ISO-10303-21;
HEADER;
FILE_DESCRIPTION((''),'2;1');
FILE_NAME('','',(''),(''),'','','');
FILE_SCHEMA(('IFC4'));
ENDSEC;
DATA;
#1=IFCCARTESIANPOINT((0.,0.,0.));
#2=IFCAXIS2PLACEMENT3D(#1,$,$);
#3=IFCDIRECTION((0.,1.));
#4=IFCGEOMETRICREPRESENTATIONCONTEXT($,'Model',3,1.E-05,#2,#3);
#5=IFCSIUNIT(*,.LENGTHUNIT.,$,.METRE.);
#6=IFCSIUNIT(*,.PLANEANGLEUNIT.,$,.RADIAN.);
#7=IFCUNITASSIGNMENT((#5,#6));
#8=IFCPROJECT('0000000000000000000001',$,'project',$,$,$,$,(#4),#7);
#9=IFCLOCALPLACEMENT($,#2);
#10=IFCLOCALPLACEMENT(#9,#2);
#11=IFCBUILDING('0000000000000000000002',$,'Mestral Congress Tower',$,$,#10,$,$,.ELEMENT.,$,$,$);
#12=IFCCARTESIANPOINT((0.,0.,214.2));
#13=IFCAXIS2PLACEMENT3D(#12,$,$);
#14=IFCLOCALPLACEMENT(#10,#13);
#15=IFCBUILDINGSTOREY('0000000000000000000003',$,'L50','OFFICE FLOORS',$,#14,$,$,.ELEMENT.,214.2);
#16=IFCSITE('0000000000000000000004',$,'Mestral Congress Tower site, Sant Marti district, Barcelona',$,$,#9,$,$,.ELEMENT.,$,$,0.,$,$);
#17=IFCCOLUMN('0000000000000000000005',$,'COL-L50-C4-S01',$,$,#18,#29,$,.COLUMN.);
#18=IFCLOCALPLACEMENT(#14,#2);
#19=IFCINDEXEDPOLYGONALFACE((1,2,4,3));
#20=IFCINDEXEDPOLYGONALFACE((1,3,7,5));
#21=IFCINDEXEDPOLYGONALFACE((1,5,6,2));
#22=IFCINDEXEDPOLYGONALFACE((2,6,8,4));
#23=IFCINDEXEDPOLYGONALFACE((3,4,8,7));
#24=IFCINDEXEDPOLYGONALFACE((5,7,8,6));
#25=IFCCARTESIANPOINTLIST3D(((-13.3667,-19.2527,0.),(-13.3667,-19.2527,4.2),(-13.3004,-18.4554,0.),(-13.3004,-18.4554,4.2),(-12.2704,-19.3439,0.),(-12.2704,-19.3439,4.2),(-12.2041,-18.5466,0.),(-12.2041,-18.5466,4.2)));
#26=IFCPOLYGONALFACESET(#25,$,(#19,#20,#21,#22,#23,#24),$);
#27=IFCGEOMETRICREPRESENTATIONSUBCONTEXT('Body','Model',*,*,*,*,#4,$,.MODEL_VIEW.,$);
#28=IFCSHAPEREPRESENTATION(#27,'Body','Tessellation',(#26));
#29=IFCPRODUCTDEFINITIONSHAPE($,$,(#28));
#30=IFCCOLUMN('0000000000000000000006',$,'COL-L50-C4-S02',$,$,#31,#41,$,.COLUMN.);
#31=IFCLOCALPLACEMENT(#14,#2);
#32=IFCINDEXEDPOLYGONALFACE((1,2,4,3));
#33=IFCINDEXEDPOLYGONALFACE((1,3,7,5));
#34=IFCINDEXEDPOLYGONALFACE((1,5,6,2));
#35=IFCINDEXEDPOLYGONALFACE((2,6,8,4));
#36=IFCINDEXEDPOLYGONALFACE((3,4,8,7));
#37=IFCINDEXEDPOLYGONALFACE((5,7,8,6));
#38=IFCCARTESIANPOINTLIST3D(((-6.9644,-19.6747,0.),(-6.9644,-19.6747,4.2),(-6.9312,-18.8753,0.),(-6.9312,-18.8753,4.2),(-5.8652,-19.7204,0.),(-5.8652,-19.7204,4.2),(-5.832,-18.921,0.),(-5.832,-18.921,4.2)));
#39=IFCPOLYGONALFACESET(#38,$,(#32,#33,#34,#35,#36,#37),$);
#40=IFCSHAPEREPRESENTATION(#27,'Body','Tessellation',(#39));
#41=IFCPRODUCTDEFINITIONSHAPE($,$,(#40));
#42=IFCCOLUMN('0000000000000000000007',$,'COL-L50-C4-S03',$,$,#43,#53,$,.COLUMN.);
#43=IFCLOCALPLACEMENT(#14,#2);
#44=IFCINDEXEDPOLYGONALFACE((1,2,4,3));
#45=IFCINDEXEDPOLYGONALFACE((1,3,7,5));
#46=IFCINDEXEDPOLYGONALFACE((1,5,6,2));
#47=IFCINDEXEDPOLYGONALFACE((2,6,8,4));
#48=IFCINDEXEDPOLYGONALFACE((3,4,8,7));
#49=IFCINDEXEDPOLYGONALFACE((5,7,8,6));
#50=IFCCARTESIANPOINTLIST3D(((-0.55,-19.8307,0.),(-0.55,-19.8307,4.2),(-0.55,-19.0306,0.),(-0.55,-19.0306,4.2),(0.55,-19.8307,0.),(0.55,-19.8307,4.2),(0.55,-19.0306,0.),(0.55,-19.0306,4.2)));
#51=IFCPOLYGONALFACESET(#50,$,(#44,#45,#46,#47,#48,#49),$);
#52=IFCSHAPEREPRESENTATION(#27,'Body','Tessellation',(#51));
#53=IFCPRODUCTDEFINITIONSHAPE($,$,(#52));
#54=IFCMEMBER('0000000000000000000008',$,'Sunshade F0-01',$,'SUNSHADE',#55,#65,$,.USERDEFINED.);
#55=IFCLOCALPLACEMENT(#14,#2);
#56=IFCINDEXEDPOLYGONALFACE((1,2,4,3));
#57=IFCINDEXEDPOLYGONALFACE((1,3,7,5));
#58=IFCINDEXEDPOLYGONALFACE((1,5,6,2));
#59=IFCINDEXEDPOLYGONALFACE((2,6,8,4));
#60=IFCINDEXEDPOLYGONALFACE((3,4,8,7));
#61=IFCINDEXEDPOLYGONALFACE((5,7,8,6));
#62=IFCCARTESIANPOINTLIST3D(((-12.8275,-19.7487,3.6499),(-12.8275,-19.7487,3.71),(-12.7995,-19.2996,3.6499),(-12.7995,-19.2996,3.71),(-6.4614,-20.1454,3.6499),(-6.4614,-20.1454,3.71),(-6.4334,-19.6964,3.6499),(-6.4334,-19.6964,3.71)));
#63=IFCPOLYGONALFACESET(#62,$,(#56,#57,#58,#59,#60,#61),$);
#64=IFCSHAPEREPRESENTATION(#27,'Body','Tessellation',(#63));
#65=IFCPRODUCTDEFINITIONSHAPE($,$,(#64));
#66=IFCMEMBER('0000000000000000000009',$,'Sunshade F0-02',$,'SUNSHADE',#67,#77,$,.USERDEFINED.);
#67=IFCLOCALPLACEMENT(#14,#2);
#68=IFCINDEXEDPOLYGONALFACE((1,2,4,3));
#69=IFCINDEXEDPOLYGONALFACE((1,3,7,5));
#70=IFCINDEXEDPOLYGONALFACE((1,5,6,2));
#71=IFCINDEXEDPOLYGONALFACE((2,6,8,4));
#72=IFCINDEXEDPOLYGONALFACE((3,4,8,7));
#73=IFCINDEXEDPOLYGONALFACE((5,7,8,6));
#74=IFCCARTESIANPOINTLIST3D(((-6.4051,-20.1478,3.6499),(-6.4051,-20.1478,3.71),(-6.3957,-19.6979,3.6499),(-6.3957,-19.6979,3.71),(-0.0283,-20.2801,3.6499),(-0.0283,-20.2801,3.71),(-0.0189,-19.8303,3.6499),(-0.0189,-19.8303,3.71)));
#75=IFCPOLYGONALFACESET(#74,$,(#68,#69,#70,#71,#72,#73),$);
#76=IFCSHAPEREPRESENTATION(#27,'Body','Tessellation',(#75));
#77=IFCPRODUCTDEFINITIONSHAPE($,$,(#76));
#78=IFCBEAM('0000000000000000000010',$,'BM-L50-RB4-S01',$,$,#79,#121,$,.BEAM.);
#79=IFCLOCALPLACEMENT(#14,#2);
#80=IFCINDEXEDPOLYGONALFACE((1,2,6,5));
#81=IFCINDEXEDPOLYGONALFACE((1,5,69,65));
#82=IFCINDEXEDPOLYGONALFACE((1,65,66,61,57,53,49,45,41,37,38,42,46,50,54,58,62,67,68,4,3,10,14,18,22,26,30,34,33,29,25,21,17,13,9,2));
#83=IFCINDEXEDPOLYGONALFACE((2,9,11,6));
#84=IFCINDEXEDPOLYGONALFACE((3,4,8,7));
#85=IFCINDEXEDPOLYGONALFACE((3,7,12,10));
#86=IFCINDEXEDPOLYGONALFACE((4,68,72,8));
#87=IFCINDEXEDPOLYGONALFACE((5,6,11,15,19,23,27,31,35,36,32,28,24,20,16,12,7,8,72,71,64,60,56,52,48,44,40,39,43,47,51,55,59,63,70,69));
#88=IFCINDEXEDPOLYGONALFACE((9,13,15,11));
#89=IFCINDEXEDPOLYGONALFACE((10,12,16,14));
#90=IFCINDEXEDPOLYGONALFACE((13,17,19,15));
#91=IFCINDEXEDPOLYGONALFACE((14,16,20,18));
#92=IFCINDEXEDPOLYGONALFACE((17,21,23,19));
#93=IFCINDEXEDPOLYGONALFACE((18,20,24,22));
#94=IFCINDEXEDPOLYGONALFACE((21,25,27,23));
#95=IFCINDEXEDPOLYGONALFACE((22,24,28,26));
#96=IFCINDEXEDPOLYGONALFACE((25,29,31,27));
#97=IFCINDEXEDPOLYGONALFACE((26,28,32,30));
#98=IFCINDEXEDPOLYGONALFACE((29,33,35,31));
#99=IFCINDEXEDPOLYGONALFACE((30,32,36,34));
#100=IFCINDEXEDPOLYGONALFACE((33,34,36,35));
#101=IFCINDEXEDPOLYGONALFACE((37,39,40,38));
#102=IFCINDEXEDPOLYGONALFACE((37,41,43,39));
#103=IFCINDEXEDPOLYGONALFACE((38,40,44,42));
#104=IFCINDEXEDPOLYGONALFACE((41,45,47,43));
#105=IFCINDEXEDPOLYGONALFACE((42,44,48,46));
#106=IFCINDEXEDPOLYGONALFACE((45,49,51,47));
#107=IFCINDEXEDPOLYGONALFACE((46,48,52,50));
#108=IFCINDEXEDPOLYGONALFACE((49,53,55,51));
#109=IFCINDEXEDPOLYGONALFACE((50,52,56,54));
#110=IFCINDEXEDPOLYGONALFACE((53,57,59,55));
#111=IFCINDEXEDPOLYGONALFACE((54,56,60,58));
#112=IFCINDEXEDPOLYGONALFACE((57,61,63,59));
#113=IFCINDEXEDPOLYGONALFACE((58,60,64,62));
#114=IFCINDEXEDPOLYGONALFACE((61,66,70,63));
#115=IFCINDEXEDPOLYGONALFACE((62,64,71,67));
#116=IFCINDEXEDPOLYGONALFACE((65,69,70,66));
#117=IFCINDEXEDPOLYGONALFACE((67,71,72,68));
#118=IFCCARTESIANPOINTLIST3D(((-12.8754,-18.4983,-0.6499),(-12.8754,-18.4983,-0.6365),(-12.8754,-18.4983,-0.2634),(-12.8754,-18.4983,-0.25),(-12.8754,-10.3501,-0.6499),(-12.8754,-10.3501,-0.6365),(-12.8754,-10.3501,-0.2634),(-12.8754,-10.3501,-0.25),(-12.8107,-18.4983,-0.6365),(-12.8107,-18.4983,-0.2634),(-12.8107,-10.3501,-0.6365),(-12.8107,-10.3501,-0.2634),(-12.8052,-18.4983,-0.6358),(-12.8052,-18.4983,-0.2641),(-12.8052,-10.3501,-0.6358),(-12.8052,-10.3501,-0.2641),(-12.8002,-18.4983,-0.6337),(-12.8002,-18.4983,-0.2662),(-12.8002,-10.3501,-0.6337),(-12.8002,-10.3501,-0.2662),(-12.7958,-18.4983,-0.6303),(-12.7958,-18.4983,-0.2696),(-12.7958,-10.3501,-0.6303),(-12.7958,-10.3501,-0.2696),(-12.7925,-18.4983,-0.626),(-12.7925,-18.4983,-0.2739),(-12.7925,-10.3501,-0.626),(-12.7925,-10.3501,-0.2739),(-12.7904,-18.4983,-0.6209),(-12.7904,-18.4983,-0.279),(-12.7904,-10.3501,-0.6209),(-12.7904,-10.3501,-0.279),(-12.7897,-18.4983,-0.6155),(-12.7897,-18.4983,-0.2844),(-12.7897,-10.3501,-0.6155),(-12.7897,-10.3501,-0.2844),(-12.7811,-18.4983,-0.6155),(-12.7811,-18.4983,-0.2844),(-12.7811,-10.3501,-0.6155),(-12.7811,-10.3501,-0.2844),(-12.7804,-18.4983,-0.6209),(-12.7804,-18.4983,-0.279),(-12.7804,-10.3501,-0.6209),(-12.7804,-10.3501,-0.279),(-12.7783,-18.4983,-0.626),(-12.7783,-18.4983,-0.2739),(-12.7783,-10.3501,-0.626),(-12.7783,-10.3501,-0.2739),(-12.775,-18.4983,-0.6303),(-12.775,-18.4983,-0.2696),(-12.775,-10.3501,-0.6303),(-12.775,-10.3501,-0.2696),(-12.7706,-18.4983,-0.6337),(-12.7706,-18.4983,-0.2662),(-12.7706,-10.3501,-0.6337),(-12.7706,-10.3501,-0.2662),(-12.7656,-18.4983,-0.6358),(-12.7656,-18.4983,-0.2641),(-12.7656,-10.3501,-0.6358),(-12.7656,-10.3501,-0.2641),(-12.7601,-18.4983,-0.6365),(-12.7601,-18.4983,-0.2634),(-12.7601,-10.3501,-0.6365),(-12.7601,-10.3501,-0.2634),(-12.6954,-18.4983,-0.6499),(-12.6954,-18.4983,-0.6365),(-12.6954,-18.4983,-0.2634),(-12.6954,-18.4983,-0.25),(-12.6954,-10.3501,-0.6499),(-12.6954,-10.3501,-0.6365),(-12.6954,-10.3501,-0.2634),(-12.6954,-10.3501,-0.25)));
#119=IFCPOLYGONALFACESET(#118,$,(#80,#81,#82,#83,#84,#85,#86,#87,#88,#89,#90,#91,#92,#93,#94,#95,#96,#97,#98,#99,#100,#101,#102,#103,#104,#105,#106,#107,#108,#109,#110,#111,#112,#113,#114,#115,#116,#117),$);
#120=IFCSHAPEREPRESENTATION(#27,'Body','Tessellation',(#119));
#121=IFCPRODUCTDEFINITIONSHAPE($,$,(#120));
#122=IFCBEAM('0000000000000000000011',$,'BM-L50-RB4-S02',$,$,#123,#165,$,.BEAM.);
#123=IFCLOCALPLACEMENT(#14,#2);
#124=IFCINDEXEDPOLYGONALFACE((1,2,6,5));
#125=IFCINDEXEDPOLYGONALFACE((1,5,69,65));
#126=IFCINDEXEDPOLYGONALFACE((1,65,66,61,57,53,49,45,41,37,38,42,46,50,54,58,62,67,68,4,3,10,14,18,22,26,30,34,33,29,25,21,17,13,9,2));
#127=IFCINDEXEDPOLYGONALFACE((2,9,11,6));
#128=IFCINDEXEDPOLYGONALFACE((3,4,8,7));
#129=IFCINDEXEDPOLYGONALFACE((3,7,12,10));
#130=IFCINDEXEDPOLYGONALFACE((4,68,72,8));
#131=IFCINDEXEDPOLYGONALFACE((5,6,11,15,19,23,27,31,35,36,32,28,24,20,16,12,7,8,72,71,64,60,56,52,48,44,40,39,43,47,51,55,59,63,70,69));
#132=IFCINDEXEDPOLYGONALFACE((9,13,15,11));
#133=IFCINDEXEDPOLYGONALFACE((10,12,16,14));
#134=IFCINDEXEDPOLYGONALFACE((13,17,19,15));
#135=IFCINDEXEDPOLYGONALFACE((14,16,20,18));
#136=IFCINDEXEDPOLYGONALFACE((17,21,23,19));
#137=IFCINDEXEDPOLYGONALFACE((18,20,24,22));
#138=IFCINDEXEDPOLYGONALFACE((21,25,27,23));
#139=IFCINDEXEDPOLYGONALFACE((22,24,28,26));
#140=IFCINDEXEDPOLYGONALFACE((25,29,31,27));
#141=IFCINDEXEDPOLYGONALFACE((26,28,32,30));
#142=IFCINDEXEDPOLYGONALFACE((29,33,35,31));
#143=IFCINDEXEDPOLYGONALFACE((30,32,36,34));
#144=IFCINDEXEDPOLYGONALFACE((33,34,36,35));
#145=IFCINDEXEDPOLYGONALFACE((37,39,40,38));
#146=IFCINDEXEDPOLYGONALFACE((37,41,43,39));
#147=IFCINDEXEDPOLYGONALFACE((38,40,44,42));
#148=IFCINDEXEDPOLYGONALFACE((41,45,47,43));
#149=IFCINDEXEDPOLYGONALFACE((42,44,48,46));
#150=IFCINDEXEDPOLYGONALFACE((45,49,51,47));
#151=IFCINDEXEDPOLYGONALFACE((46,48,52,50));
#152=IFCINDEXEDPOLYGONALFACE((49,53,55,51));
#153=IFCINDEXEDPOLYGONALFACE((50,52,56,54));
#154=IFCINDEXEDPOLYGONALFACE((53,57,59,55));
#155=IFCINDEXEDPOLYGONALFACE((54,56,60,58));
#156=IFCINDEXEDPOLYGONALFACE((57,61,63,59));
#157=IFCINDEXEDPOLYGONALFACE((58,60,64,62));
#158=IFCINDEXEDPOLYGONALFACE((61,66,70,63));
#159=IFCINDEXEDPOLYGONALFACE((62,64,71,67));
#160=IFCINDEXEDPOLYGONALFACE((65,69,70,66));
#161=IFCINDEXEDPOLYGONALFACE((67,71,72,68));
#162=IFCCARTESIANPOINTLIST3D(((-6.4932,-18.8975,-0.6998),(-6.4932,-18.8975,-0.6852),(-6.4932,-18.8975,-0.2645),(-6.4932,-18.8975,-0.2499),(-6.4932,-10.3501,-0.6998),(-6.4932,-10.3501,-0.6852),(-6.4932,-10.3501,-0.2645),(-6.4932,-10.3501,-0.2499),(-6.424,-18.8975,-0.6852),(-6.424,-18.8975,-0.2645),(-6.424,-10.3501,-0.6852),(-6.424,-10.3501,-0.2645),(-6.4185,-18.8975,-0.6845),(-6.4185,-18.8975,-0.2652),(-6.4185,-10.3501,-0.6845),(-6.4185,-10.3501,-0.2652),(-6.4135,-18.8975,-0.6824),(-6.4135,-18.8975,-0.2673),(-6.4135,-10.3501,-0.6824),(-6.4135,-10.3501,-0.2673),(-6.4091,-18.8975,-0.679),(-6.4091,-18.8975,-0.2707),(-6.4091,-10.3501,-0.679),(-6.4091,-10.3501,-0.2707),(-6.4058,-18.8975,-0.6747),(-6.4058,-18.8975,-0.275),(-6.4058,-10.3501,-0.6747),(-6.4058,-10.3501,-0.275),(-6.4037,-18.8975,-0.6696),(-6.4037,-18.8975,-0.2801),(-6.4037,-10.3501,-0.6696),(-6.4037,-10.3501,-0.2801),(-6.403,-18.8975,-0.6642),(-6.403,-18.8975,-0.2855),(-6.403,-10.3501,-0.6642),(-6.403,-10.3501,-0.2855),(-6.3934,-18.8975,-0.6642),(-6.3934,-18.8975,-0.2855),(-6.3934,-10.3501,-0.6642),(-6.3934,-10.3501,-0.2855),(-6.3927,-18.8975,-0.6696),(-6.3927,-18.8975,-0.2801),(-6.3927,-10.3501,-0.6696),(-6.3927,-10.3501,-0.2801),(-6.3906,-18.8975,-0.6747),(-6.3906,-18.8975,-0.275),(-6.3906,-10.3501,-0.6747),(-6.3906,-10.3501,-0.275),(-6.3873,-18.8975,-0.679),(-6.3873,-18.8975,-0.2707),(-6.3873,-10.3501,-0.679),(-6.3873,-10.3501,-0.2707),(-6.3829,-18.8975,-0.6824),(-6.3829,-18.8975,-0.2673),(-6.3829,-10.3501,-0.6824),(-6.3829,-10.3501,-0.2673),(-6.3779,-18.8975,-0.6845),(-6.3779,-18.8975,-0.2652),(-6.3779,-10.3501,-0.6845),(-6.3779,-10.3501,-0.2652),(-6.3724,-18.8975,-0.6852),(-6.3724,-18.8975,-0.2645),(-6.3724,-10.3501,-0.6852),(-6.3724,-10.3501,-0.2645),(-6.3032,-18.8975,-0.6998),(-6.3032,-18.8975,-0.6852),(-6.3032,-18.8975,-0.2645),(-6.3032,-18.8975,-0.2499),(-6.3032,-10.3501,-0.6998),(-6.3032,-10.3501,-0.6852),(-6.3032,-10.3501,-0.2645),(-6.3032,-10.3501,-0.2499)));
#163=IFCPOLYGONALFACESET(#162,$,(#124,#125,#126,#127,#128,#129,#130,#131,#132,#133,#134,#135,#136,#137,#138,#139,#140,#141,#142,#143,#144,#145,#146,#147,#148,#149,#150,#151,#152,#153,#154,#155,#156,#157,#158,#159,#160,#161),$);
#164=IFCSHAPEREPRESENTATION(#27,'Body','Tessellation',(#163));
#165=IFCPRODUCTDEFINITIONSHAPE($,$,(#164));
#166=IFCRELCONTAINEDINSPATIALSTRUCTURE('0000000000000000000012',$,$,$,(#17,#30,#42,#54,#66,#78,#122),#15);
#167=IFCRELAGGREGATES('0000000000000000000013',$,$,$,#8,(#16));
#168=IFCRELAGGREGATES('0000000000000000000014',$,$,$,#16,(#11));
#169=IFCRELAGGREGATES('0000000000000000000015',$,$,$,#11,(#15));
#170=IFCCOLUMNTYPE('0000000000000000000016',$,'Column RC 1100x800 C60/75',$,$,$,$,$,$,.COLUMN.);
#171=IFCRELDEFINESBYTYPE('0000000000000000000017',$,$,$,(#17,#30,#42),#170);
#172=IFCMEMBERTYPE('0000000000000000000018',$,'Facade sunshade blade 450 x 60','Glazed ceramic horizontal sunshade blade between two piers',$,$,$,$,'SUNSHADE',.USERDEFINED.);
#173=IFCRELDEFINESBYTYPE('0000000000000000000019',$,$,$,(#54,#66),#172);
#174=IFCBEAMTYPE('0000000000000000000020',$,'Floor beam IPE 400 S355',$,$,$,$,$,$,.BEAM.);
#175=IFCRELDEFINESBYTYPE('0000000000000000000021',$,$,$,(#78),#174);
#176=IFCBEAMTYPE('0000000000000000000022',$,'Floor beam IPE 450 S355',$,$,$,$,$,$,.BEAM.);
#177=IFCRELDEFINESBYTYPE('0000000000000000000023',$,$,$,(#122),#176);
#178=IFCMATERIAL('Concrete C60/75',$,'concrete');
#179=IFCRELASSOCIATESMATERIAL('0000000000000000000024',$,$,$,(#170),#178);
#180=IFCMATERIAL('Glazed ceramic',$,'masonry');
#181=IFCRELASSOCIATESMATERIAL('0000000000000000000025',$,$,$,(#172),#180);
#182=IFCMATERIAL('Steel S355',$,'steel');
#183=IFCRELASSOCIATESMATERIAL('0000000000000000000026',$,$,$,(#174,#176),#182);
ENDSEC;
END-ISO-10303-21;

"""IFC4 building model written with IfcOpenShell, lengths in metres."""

from ifc_helpers import new_model, si_unit, direction, frame, origin, origin_2d, place, context, subcontext, project, spatial, rectangle, i_section, extrude, material, material_profile, profile_set, type_object, element, save


model = new_model("IFC4")

# Units and contexts
model_context = context("Model", 3, precision=1e-05, world=origin(), true_north=direction((0.0, 1.0)))
body_context = subcontext(model_context, "Body", "Model", "MODEL_VIEW")
ifc_project = project(units=[si_unit("LENGTHUNIT", "METRE"), si_unit("PLANEANGLEUNIT", "RADIAN")], contexts=[model_context])

# Site, building, storey
site_placement = place(None, origin())
site = spatial("IfcSite", under=ifc_project, at=site_placement, Name="Mestral Congress Tower site, Sant Marti district, Barcelona", CompositionType="ELEMENT", RefElevation=0.0)
building_placement = place(site_placement, origin())
building = spatial("IfcBuilding", under=site, at=building_placement, Name="Mestral Congress Tower", CompositionType="ELEMENT")
storey_placement = place(building_placement, frame((0.0, 0.0, 214.2)))
storey = spatial("IfcBuildingStorey", under=building, at=storey_placement, Name="L50", Description="OFFICE FLOORS", CompositionType="ELEMENT", Elevation=214.2)

# Columns
ifc_material_1 = material(Name="Concrete C60/75", Category="concrete")
ifc_material_profile_1 = material_profile(ifc_material_1, rectangle(XDim=1.1001, YDim=0.8, at=origin_2d()), Name="RC 1100x800")
ifc_profile_set_1 = profile_set([ifc_material_profile_1], Name="Concrete C60/75")
column_type = type_object("IfcColumnType", Name="Column RC 1100x800 C60/75", PredefinedType="COLUMN", material=ifc_profile_set_1)
for number, where, z_axis, x_axis, name in (
    (1, (-12.7854, -18.8997, 0.0), (0.0, 0.0, 1.0), (0.996557, -0.082914, 0.0), "COL-L50-C4-S01"),
    (2, (-6.3982, -19.2979, 0.0), (0.0, 0.0, 1.0), (0.999139, -0.041492, 0.0), "COL-L50-C4-S02"),
    (3, (0.0, -19.4307, 0.0), (0.0, 0.0, 1.0), (1.0, 0.0, 0.0), "COL-L50-C4-S03"),
):
    element("IfcColumn", number, at=place(storey_placement, frame(where, z_axis=z_axis, x_axis=x_axis)), inside=storey, type_object=column_type, Name=name, PredefinedType="COLUMN", context=body_context, shape_type="SweptSolid", body=[
        extrude(rectangle(XDim=1.1001, YDim=0.8, at=origin_2d()), origin(), (0.0, 0.0, 1.0), 4.2),
    ])

# Members
ifc_material_2 = material(Name="Glazed ceramic", Category="masonry")
ifc_material_profile_2 = material_profile(ifc_material_2, rectangle(XDim=0.45, YDim=0.0601, at=origin_2d()), Name="Ceramic blade 450 x 60")
ifc_profile_set_2 = profile_set([ifc_material_profile_2], Name="Glazed ceramic")
member_type = type_object("IfcMemberType", Name="Facade sunshade blade 450 x 60", Description="Glazed ceramic horizontal sunshade blade between two piers", ElementType="SUNSHADE", PredefinedType="USERDEFINED", material=ifc_profile_set_2)
member_1_placement = place(storey_placement, frame((-12.8135, -19.5242, 3.6799), z_axis=(0.998064, -0.0622, 0.0), x_axis=(0.0622, 0.998064, 0.0)))
element("IfcMember", 4, at=member_1_placement, inside=storey, type_object=member_type, Name="Sunshade F0-01", ObjectType="SUNSHADE", PredefinedType="USERDEFINED", context=body_context, shape_type="SweptSolid", body=[
    extrude(rectangle(XDim=0.45, YDim=0.0601, at=origin_2d()), origin(), (0.0, 0.0, 1.0), 6.3784),
])
member_2_placement = place(storey_placement, frame((-6.4004, -19.9229, 3.6799), z_axis=(0.999785, -0.020747, 0.0), x_axis=(0.020747, 0.999785, 0.0)))
element("IfcMember", 5, at=member_2_placement, inside=storey, type_object=member_type, Name="Sunshade F0-02", ObjectType="SUNSHADE", PredefinedType="USERDEFINED", context=body_context, shape_type="SweptSolid", body=[
    extrude(rectangle(XDim=0.45, YDim=0.0601, at=origin_2d()), origin(), (0.0, 0.0, 1.0), 6.3782),
])

# Beams
ifc_material_3 = material(Name="Steel S355", Category="steel")
ifc_material_profile_3 = material_profile(ifc_material_3, i_section(OverallWidth=0.1799, OverallDepth=0.3999, WebThickness=0.0085, FlangeThickness=0.0134, FilletRadius=0.021, at=origin_2d()), Name="IPE 400")
ifc_profile_set_3 = profile_set([ifc_material_profile_3], Name="Steel S355")
beam_type_1 = type_object("IfcBeamType", Name="Floor beam IPE 400 S355", PredefinedType="BEAM", material=ifc_profile_set_3)
beam_1_placement = place(storey_placement, frame((-12.7854, -18.4983, -0.45), z_axis=(0.0, 1.0, 0.0), x_axis=(-1.0, 0.0, 0.0)))
element("IfcBeam", 6, at=beam_1_placement, inside=storey, type_object=beam_type_1, Name="BM-L50-RB4-S01", PredefinedType="BEAM", context=body_context, shape_type="SweptSolid", body=[
    extrude(i_section(OverallWidth=0.1799, OverallDepth=0.3999, WebThickness=0.0085, FlangeThickness=0.0134, FilletRadius=0.021, at=origin_2d()), origin(), (0.0, 0.0, 1.0), 8.1482),
])
ifc_material_profile_4 = material_profile(ifc_material_3, i_section(OverallWidth=0.1899, OverallDepth=0.45, WebThickness=0.0095, FlangeThickness=0.0146, FilletRadius=0.021, at=origin_2d()), Name="IPE 450")
ifc_profile_set_4 = profile_set([ifc_material_profile_4], Name="Steel S355")
beam_type_2 = type_object("IfcBeamType", Name="Floor beam IPE 450 S355", PredefinedType="BEAM", material=ifc_profile_set_4)
beam_2_placement = place(storey_placement, frame((-6.3982, -18.8975, -0.4749), z_axis=(0.0, 1.0, 0.0), x_axis=(-1.0, 0.0, 0.0)))
element("IfcBeam", 7, at=beam_2_placement, inside=storey, type_object=beam_type_2, Name="BM-L50-RB4-S02", PredefinedType="BEAM", context=body_context, shape_type="SweptSolid", body=[
    extrude(i_section(OverallWidth=0.1899, OverallDepth=0.45, WebThickness=0.0095, FlangeThickness=0.0146, FilletRadius=0.021, at=origin_2d()), origin(), (0.0, 0.0, 1.0), 8.5474),
])

save(model, "model.ifc")
